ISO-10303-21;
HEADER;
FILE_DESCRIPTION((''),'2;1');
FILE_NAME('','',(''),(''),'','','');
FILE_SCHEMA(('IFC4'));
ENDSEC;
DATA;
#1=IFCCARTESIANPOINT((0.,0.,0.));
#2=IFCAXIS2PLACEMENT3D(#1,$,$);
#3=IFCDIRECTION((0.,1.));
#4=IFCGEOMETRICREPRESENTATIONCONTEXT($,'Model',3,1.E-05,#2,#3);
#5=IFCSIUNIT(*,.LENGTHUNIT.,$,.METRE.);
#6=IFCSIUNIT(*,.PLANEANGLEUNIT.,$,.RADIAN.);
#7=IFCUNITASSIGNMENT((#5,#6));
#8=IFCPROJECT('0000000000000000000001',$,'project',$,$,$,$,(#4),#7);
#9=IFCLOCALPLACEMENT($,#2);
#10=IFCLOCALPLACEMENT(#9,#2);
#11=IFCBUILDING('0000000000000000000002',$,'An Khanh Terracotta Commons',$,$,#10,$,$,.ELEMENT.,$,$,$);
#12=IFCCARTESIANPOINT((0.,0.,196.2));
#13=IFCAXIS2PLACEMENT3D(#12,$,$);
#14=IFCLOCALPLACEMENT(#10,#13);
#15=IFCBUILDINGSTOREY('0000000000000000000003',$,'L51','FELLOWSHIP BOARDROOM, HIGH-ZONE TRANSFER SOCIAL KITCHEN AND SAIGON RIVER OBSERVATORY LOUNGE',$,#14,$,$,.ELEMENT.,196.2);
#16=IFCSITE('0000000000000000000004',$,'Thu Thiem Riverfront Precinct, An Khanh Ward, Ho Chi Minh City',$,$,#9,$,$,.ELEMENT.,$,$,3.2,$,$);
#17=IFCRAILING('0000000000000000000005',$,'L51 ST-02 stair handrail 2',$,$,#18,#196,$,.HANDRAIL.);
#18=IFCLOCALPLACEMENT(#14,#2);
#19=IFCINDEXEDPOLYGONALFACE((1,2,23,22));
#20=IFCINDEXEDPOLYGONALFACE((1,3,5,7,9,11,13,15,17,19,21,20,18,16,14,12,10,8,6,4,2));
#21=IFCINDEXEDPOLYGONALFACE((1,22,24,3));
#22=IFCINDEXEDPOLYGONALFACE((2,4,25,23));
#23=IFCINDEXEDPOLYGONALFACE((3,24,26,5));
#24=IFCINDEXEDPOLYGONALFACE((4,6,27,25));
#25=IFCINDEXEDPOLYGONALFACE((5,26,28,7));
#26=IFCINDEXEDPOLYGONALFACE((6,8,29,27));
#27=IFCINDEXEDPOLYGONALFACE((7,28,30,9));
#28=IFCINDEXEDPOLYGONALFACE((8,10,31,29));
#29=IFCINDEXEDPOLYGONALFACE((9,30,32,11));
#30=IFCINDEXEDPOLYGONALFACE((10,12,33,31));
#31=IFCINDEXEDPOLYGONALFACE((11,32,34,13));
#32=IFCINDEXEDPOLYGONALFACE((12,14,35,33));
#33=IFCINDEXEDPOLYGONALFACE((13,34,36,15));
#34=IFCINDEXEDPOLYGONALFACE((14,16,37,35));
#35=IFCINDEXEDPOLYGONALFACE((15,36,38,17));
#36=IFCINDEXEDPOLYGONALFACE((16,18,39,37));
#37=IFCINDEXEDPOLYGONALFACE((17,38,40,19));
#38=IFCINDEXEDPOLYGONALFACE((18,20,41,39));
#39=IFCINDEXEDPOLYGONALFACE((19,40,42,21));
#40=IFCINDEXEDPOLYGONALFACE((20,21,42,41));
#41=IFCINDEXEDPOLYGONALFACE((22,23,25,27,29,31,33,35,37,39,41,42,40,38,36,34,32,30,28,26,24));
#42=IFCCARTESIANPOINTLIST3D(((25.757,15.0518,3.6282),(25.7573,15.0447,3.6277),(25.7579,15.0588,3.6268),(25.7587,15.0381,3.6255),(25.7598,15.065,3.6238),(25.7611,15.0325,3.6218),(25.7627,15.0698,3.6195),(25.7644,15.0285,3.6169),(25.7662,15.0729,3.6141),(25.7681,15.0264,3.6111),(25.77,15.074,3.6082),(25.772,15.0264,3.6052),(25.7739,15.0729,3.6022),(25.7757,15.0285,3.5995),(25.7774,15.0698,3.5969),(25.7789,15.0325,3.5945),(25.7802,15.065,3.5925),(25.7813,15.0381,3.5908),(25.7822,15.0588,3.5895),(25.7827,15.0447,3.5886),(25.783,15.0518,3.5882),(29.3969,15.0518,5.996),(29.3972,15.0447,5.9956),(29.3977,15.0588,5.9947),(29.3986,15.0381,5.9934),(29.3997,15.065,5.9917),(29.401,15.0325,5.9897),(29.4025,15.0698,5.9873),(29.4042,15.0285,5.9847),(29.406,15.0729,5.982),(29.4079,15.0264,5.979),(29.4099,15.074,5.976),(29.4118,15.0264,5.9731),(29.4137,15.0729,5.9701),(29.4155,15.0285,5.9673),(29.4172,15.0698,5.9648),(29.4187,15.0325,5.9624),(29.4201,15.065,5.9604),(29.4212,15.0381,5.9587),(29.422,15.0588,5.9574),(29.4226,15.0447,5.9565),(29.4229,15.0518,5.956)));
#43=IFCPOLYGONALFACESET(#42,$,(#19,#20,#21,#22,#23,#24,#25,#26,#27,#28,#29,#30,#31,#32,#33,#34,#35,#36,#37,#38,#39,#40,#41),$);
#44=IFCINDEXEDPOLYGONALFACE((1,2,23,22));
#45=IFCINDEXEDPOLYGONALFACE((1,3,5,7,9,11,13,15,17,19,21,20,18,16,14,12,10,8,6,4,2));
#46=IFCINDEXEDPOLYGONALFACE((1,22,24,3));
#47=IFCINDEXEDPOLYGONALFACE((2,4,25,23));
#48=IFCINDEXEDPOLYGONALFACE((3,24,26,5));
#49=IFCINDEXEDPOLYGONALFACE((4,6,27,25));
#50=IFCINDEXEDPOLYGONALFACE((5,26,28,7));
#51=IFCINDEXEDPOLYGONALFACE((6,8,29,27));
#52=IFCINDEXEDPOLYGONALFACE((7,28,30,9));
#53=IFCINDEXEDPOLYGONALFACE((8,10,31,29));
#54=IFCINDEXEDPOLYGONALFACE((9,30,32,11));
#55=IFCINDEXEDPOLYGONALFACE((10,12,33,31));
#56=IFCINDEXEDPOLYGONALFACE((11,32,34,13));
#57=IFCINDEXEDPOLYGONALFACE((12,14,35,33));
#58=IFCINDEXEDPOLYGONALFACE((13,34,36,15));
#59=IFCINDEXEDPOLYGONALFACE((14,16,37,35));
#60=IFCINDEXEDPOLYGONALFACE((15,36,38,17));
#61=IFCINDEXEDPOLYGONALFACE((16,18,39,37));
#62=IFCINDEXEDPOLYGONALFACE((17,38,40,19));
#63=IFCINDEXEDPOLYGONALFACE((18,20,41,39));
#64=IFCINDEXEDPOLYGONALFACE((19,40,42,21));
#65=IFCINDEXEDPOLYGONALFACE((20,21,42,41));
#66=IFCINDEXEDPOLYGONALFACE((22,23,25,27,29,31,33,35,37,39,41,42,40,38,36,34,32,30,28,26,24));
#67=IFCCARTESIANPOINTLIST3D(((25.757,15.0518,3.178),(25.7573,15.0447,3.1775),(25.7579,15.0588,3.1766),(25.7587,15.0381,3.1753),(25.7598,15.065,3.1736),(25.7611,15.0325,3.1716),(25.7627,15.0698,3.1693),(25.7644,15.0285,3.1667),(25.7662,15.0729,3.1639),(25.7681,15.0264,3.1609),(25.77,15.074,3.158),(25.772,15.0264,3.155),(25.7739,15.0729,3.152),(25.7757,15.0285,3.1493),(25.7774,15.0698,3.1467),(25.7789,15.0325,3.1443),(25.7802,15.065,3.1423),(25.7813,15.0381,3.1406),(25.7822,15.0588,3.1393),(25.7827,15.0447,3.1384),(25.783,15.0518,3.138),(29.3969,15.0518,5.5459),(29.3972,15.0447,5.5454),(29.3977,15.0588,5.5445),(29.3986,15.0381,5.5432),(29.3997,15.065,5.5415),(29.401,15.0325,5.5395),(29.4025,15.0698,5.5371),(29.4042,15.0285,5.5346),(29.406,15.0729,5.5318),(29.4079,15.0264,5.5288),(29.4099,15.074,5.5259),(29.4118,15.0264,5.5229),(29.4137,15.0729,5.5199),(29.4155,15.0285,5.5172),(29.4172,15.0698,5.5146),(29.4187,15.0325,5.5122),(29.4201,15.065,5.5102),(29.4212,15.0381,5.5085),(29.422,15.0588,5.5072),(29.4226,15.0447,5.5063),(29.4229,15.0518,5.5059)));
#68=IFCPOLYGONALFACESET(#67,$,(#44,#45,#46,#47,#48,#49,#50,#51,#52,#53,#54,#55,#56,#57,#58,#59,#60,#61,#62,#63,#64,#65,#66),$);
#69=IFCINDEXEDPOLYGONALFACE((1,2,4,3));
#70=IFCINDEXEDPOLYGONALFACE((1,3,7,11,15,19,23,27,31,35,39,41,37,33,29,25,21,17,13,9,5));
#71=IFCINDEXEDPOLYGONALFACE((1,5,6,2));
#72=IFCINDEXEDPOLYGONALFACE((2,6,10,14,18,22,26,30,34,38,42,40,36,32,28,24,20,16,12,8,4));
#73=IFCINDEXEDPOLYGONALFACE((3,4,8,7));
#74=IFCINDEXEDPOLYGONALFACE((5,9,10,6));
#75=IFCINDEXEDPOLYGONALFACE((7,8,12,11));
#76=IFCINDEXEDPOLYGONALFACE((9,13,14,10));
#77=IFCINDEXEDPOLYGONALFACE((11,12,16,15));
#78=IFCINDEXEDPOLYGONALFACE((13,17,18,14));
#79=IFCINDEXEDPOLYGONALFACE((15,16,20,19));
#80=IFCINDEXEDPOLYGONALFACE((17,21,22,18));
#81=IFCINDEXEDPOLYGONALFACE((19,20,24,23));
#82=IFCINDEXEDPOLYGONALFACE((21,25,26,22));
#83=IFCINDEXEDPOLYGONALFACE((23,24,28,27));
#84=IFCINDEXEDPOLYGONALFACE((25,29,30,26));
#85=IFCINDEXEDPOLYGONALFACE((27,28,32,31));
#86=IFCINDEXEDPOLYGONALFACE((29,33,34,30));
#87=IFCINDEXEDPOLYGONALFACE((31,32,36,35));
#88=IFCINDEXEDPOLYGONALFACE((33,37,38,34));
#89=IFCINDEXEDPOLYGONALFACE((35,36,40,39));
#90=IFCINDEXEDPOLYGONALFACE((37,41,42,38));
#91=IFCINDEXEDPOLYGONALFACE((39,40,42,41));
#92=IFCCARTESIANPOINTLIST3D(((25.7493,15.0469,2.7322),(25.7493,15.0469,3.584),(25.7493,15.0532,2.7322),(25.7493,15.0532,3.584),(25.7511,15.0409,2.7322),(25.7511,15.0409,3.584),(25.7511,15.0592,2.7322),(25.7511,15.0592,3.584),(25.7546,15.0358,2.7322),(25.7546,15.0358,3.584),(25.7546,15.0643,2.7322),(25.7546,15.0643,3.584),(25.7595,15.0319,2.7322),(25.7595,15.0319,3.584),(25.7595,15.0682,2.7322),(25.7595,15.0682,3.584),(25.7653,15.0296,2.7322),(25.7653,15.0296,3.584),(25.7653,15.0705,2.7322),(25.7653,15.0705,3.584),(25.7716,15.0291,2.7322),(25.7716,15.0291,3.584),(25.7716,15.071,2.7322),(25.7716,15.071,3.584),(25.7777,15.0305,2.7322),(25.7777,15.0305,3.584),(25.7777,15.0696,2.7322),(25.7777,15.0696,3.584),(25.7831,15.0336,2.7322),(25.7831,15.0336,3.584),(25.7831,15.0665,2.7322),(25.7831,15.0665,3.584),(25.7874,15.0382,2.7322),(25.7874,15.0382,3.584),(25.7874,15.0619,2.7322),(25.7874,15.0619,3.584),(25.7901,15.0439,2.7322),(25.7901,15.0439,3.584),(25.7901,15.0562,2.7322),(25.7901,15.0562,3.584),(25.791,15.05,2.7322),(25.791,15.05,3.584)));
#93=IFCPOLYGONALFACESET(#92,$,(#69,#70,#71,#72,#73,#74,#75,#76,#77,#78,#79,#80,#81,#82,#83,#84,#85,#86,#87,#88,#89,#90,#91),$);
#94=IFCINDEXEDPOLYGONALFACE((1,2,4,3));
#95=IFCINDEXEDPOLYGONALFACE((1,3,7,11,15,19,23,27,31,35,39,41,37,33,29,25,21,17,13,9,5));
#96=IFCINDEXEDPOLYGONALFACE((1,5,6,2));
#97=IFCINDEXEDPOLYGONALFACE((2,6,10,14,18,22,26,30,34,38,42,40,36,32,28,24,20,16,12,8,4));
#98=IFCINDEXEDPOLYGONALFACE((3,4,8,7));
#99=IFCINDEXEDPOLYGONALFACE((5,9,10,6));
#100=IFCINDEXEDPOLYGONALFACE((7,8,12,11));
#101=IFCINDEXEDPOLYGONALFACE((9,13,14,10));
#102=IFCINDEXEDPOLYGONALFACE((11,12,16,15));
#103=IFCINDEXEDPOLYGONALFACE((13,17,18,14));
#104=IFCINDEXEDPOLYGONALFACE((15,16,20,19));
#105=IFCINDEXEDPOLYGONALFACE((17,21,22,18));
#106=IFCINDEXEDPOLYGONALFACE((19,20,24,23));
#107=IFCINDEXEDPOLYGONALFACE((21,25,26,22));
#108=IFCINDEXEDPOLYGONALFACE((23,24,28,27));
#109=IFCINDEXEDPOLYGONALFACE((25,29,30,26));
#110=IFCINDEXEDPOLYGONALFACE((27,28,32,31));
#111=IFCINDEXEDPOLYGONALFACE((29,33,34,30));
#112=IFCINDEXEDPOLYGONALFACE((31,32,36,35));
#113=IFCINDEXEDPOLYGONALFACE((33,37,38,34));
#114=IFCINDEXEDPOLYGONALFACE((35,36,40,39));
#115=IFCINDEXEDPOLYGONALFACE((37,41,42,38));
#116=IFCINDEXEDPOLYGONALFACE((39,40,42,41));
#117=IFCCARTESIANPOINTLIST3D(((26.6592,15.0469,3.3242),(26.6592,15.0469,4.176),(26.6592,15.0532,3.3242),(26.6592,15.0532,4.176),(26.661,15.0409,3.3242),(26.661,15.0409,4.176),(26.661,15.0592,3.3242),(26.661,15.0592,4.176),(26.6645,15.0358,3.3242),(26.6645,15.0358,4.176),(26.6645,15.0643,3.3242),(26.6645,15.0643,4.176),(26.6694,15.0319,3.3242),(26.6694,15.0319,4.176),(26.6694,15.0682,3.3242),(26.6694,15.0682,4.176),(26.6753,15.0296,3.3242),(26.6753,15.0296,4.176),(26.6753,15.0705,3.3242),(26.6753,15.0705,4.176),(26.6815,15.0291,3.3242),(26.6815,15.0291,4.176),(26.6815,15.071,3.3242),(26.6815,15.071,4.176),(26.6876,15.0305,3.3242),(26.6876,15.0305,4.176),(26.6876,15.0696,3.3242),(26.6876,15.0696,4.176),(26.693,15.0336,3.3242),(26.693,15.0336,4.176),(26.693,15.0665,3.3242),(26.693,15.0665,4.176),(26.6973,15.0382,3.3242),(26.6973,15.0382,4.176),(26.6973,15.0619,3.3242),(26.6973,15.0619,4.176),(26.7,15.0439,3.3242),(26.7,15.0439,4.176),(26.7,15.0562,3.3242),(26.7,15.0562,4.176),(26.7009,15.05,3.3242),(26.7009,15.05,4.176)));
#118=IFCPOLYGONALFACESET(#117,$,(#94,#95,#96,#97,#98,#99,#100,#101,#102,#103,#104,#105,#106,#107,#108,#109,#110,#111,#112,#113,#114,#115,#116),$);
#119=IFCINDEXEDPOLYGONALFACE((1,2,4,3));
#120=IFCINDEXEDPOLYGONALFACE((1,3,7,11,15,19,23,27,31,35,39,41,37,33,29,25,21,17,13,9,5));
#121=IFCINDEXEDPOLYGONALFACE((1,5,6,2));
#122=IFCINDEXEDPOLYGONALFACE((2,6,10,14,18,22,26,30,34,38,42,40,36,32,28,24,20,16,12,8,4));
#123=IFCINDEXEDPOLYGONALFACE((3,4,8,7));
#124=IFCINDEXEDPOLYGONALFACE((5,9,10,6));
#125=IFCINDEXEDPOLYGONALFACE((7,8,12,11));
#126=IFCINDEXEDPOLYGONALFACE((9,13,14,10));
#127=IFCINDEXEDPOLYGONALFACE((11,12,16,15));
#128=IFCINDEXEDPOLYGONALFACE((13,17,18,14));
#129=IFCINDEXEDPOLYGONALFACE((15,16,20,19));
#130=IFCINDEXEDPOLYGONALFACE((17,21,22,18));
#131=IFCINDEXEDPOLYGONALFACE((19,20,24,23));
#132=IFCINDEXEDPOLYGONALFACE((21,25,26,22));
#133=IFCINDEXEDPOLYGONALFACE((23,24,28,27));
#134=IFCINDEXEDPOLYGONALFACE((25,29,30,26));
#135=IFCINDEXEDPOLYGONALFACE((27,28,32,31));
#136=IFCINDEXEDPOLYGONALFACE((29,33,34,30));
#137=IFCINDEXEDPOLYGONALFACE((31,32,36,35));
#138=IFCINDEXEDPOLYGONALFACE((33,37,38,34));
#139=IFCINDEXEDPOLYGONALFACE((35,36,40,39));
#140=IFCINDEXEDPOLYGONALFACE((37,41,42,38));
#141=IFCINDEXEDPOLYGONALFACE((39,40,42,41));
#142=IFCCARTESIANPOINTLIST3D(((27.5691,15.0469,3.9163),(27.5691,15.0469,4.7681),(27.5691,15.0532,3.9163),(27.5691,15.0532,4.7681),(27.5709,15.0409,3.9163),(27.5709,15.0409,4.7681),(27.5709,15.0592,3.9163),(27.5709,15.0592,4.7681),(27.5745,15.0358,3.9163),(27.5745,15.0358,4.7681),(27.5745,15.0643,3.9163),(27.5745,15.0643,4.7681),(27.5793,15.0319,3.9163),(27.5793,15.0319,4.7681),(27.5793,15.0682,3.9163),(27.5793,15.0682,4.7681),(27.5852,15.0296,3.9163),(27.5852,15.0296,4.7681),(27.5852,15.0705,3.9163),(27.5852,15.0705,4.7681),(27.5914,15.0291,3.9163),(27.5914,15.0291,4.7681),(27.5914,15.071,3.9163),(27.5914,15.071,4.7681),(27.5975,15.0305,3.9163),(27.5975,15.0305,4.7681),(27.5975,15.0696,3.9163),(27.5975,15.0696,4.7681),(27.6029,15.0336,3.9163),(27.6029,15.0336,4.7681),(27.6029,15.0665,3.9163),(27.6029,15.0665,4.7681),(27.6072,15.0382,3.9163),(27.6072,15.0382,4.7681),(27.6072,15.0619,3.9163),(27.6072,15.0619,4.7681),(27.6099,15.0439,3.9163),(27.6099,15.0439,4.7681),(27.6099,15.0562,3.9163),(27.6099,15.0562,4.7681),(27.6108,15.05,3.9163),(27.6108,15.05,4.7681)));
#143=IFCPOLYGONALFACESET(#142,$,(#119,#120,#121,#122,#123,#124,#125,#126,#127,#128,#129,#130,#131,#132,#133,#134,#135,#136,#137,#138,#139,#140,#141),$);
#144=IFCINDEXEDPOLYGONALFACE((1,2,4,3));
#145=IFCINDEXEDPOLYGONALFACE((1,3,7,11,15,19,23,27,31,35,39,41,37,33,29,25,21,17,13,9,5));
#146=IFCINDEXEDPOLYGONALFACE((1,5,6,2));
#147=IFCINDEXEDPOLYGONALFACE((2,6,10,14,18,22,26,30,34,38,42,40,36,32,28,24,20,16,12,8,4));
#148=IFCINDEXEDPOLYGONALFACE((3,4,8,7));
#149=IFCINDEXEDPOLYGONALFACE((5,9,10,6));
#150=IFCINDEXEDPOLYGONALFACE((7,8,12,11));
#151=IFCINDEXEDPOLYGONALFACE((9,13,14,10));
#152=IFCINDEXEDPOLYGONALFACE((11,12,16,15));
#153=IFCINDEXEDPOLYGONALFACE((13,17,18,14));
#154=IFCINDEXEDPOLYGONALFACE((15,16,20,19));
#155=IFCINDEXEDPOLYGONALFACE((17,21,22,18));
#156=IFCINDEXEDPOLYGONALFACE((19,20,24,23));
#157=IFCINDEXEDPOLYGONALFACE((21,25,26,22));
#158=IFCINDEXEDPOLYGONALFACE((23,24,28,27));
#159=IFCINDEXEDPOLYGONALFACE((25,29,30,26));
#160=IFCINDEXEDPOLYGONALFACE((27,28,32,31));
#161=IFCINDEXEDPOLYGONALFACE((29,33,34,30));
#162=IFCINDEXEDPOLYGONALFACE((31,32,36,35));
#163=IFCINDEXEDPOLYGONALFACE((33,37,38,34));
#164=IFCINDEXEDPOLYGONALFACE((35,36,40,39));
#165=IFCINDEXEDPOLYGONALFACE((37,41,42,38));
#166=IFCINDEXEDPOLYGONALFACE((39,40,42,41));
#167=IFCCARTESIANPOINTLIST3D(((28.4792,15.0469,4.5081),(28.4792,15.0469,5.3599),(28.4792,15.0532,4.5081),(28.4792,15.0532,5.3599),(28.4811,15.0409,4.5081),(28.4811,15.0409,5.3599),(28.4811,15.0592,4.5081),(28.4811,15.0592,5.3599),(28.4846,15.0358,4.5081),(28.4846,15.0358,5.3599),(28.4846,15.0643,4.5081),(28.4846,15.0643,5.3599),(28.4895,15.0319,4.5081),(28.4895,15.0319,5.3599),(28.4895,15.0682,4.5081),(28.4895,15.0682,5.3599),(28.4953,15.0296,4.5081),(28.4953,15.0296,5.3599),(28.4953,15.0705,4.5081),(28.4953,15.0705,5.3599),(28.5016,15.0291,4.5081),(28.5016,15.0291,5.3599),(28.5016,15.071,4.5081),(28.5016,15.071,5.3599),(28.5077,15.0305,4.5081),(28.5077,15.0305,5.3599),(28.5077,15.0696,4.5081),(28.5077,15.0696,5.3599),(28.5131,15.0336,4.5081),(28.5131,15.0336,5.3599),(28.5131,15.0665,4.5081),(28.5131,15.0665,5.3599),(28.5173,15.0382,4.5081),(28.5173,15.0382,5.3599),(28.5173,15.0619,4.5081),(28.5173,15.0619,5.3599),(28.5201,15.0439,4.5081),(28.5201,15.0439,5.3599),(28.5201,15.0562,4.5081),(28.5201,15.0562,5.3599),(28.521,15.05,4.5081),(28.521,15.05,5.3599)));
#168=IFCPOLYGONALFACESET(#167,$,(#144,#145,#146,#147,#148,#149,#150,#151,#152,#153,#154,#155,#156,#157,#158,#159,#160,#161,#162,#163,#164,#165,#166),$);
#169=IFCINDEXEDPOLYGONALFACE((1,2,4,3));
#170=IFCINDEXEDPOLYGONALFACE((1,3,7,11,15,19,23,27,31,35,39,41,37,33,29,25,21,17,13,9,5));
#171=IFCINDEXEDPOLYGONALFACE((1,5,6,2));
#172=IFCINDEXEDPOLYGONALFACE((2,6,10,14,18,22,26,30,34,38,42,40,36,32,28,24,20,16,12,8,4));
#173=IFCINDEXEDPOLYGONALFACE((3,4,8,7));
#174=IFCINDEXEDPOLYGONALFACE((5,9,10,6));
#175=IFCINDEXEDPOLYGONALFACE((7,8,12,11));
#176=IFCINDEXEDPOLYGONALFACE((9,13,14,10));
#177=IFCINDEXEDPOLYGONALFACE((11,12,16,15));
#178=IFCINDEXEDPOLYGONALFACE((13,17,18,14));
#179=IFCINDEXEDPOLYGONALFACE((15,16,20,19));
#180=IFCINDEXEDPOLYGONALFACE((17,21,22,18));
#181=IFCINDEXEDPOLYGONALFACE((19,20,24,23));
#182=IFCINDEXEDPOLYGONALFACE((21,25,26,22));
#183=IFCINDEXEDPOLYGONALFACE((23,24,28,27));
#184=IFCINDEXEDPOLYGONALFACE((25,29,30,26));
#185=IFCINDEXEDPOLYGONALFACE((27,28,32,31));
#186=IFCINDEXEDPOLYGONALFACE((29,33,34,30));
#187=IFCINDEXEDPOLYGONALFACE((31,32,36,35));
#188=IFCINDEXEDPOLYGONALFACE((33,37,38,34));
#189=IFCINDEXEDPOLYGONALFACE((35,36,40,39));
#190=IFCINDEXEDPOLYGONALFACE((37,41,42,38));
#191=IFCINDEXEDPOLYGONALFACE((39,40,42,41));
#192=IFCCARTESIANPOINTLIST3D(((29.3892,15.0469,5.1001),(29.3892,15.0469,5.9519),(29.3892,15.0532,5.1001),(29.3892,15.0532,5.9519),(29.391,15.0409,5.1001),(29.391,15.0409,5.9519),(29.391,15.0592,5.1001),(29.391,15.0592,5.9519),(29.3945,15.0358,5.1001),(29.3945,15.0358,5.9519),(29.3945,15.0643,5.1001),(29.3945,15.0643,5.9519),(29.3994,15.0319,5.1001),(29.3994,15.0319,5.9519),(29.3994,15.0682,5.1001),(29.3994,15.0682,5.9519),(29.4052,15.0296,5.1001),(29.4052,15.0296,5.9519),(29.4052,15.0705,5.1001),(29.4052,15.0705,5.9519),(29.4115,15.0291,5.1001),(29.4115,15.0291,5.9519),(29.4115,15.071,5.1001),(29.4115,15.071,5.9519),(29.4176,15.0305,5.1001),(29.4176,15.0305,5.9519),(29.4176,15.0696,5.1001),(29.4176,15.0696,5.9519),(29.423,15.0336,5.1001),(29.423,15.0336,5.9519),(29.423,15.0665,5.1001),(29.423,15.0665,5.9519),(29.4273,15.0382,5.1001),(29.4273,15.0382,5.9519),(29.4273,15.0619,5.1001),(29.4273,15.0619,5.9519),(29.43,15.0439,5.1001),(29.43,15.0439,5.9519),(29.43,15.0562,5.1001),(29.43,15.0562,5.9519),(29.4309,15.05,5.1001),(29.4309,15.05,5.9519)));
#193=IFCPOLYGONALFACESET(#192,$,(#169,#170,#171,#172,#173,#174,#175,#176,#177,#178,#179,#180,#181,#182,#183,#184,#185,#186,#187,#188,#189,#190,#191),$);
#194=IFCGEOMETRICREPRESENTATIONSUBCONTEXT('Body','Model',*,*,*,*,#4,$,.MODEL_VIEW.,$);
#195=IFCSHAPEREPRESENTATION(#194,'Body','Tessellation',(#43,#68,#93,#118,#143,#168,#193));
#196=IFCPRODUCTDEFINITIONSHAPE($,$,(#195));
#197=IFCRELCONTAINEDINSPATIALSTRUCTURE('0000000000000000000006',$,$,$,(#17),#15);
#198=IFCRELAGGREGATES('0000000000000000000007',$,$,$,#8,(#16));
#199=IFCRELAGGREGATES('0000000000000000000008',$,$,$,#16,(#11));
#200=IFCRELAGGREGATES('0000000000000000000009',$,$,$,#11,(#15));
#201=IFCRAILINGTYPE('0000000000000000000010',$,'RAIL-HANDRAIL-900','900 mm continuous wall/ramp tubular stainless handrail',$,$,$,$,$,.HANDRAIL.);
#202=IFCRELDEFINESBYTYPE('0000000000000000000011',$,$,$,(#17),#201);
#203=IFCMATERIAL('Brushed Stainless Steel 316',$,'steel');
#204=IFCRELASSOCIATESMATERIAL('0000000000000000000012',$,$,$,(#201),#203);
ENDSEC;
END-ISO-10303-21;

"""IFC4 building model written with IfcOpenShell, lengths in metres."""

from ifc_helpers import new_model, si_unit, direction, frame, origin, origin_2d, place, context, subcontext, project, spatial, circle, extrude, material, type_object, element, save


model = new_model("IFC4")

# Units and contexts
model_context = context("Model", 3, precision=1e-05, world=origin(), true_north=direction((0.0, 1.0)))
body_context = subcontext(model_context, "Body", "Model", "MODEL_VIEW")
ifc_project = project(units=[si_unit("LENGTHUNIT", "METRE"), si_unit("PLANEANGLEUNIT", "RADIAN")], contexts=[model_context])

# Site, building, storey
site_placement = place(None, origin())
site = spatial("IfcSite", under=ifc_project, at=site_placement, Name="Thu Thiem Riverfront Precinct, An Khanh Ward, Ho Chi Minh City", CompositionType="ELEMENT", RefElevation=3.2)
building_placement = place(site_placement, origin())
building = spatial("IfcBuilding", under=site, at=building_placement, Name="An Khanh Terracotta Commons", CompositionType="ELEMENT")
storey_placement = place(building_placement, frame((0.0, 0.0, 196.2)))
storey = spatial("IfcBuildingStorey", under=building, at=storey_placement, Name="L51", Description="FELLOWSHIP BOARDROOM, HIGH-ZONE TRANSFER SOCIAL KITCHEN AND SAIGON RIVER OBSERVATORY LOUNGE", CompositionType="ELEMENT", Elevation=196.2)

# Railing
ifc_material_1 = material(Name="Brushed Stainless Steel 316", Category="steel")
railing_type_1 = type_object("IfcRailingType", Name="RAIL-HANDRAIL-900", Description="900 mm continuous wall/ramp tubular stainless handrail", PredefinedType="HANDRAIL", material=ifc_material_1)
railing_1_placement = place(storey_placement, frame((25.77, 15.05, 2.7322)))
element("IfcRailing", 1, at=railing_1_placement, inside=storey, type_object=railing_type_1, Name="L51 ST-02 stair handrail 2", PredefinedType="HANDRAIL", context=body_context, shape_type="SweptSolid", body=[
    extrude(circle(Radius=0.0239, at=origin_2d()), frame((0.0, 0.0, 0.876), z_axis=(0.838234, 0.0, 0.54531), x_axis=(0.0, 1.0, 0.0)), (0.0, 0.0, 1.0), 4.3423),
    extrude(circle(Radius=0.0239, at=origin_2d()), frame((0.0, 0.0, 0.4258), z_axis=(0.838234, 0.0, 0.54531), x_axis=(0.0, 1.0, 0.0)), (0.0, 0.0, 1.0), 4.3423),
    extrude(circle(Radius=0.021, at=origin_2d()), origin(), (0.0, 0.0, 1.0), 0.8518),
    extrude(circle(Radius=0.021, at=origin_2d()), frame((0.9099, 0.0, 0.592)), (0.0, 0.0, 1.0), 0.8518),
    extrude(circle(Radius=0.021, at=origin_2d()), frame((1.8198, 0.0, 1.1841)), (0.0, 0.0, 1.0), 0.8518),
    extrude(circle(Radius=0.021, at=origin_2d()), frame((2.73, 0.0, 1.7759)), (0.0, 0.0, 1.0), 0.8518),
    extrude(circle(Radius=0.021, at=origin_2d()), frame((3.6399, 0.0, 2.3679)), (0.0, 0.0, 1.0), 0.8518),
])

save(model, "model.ifc")
